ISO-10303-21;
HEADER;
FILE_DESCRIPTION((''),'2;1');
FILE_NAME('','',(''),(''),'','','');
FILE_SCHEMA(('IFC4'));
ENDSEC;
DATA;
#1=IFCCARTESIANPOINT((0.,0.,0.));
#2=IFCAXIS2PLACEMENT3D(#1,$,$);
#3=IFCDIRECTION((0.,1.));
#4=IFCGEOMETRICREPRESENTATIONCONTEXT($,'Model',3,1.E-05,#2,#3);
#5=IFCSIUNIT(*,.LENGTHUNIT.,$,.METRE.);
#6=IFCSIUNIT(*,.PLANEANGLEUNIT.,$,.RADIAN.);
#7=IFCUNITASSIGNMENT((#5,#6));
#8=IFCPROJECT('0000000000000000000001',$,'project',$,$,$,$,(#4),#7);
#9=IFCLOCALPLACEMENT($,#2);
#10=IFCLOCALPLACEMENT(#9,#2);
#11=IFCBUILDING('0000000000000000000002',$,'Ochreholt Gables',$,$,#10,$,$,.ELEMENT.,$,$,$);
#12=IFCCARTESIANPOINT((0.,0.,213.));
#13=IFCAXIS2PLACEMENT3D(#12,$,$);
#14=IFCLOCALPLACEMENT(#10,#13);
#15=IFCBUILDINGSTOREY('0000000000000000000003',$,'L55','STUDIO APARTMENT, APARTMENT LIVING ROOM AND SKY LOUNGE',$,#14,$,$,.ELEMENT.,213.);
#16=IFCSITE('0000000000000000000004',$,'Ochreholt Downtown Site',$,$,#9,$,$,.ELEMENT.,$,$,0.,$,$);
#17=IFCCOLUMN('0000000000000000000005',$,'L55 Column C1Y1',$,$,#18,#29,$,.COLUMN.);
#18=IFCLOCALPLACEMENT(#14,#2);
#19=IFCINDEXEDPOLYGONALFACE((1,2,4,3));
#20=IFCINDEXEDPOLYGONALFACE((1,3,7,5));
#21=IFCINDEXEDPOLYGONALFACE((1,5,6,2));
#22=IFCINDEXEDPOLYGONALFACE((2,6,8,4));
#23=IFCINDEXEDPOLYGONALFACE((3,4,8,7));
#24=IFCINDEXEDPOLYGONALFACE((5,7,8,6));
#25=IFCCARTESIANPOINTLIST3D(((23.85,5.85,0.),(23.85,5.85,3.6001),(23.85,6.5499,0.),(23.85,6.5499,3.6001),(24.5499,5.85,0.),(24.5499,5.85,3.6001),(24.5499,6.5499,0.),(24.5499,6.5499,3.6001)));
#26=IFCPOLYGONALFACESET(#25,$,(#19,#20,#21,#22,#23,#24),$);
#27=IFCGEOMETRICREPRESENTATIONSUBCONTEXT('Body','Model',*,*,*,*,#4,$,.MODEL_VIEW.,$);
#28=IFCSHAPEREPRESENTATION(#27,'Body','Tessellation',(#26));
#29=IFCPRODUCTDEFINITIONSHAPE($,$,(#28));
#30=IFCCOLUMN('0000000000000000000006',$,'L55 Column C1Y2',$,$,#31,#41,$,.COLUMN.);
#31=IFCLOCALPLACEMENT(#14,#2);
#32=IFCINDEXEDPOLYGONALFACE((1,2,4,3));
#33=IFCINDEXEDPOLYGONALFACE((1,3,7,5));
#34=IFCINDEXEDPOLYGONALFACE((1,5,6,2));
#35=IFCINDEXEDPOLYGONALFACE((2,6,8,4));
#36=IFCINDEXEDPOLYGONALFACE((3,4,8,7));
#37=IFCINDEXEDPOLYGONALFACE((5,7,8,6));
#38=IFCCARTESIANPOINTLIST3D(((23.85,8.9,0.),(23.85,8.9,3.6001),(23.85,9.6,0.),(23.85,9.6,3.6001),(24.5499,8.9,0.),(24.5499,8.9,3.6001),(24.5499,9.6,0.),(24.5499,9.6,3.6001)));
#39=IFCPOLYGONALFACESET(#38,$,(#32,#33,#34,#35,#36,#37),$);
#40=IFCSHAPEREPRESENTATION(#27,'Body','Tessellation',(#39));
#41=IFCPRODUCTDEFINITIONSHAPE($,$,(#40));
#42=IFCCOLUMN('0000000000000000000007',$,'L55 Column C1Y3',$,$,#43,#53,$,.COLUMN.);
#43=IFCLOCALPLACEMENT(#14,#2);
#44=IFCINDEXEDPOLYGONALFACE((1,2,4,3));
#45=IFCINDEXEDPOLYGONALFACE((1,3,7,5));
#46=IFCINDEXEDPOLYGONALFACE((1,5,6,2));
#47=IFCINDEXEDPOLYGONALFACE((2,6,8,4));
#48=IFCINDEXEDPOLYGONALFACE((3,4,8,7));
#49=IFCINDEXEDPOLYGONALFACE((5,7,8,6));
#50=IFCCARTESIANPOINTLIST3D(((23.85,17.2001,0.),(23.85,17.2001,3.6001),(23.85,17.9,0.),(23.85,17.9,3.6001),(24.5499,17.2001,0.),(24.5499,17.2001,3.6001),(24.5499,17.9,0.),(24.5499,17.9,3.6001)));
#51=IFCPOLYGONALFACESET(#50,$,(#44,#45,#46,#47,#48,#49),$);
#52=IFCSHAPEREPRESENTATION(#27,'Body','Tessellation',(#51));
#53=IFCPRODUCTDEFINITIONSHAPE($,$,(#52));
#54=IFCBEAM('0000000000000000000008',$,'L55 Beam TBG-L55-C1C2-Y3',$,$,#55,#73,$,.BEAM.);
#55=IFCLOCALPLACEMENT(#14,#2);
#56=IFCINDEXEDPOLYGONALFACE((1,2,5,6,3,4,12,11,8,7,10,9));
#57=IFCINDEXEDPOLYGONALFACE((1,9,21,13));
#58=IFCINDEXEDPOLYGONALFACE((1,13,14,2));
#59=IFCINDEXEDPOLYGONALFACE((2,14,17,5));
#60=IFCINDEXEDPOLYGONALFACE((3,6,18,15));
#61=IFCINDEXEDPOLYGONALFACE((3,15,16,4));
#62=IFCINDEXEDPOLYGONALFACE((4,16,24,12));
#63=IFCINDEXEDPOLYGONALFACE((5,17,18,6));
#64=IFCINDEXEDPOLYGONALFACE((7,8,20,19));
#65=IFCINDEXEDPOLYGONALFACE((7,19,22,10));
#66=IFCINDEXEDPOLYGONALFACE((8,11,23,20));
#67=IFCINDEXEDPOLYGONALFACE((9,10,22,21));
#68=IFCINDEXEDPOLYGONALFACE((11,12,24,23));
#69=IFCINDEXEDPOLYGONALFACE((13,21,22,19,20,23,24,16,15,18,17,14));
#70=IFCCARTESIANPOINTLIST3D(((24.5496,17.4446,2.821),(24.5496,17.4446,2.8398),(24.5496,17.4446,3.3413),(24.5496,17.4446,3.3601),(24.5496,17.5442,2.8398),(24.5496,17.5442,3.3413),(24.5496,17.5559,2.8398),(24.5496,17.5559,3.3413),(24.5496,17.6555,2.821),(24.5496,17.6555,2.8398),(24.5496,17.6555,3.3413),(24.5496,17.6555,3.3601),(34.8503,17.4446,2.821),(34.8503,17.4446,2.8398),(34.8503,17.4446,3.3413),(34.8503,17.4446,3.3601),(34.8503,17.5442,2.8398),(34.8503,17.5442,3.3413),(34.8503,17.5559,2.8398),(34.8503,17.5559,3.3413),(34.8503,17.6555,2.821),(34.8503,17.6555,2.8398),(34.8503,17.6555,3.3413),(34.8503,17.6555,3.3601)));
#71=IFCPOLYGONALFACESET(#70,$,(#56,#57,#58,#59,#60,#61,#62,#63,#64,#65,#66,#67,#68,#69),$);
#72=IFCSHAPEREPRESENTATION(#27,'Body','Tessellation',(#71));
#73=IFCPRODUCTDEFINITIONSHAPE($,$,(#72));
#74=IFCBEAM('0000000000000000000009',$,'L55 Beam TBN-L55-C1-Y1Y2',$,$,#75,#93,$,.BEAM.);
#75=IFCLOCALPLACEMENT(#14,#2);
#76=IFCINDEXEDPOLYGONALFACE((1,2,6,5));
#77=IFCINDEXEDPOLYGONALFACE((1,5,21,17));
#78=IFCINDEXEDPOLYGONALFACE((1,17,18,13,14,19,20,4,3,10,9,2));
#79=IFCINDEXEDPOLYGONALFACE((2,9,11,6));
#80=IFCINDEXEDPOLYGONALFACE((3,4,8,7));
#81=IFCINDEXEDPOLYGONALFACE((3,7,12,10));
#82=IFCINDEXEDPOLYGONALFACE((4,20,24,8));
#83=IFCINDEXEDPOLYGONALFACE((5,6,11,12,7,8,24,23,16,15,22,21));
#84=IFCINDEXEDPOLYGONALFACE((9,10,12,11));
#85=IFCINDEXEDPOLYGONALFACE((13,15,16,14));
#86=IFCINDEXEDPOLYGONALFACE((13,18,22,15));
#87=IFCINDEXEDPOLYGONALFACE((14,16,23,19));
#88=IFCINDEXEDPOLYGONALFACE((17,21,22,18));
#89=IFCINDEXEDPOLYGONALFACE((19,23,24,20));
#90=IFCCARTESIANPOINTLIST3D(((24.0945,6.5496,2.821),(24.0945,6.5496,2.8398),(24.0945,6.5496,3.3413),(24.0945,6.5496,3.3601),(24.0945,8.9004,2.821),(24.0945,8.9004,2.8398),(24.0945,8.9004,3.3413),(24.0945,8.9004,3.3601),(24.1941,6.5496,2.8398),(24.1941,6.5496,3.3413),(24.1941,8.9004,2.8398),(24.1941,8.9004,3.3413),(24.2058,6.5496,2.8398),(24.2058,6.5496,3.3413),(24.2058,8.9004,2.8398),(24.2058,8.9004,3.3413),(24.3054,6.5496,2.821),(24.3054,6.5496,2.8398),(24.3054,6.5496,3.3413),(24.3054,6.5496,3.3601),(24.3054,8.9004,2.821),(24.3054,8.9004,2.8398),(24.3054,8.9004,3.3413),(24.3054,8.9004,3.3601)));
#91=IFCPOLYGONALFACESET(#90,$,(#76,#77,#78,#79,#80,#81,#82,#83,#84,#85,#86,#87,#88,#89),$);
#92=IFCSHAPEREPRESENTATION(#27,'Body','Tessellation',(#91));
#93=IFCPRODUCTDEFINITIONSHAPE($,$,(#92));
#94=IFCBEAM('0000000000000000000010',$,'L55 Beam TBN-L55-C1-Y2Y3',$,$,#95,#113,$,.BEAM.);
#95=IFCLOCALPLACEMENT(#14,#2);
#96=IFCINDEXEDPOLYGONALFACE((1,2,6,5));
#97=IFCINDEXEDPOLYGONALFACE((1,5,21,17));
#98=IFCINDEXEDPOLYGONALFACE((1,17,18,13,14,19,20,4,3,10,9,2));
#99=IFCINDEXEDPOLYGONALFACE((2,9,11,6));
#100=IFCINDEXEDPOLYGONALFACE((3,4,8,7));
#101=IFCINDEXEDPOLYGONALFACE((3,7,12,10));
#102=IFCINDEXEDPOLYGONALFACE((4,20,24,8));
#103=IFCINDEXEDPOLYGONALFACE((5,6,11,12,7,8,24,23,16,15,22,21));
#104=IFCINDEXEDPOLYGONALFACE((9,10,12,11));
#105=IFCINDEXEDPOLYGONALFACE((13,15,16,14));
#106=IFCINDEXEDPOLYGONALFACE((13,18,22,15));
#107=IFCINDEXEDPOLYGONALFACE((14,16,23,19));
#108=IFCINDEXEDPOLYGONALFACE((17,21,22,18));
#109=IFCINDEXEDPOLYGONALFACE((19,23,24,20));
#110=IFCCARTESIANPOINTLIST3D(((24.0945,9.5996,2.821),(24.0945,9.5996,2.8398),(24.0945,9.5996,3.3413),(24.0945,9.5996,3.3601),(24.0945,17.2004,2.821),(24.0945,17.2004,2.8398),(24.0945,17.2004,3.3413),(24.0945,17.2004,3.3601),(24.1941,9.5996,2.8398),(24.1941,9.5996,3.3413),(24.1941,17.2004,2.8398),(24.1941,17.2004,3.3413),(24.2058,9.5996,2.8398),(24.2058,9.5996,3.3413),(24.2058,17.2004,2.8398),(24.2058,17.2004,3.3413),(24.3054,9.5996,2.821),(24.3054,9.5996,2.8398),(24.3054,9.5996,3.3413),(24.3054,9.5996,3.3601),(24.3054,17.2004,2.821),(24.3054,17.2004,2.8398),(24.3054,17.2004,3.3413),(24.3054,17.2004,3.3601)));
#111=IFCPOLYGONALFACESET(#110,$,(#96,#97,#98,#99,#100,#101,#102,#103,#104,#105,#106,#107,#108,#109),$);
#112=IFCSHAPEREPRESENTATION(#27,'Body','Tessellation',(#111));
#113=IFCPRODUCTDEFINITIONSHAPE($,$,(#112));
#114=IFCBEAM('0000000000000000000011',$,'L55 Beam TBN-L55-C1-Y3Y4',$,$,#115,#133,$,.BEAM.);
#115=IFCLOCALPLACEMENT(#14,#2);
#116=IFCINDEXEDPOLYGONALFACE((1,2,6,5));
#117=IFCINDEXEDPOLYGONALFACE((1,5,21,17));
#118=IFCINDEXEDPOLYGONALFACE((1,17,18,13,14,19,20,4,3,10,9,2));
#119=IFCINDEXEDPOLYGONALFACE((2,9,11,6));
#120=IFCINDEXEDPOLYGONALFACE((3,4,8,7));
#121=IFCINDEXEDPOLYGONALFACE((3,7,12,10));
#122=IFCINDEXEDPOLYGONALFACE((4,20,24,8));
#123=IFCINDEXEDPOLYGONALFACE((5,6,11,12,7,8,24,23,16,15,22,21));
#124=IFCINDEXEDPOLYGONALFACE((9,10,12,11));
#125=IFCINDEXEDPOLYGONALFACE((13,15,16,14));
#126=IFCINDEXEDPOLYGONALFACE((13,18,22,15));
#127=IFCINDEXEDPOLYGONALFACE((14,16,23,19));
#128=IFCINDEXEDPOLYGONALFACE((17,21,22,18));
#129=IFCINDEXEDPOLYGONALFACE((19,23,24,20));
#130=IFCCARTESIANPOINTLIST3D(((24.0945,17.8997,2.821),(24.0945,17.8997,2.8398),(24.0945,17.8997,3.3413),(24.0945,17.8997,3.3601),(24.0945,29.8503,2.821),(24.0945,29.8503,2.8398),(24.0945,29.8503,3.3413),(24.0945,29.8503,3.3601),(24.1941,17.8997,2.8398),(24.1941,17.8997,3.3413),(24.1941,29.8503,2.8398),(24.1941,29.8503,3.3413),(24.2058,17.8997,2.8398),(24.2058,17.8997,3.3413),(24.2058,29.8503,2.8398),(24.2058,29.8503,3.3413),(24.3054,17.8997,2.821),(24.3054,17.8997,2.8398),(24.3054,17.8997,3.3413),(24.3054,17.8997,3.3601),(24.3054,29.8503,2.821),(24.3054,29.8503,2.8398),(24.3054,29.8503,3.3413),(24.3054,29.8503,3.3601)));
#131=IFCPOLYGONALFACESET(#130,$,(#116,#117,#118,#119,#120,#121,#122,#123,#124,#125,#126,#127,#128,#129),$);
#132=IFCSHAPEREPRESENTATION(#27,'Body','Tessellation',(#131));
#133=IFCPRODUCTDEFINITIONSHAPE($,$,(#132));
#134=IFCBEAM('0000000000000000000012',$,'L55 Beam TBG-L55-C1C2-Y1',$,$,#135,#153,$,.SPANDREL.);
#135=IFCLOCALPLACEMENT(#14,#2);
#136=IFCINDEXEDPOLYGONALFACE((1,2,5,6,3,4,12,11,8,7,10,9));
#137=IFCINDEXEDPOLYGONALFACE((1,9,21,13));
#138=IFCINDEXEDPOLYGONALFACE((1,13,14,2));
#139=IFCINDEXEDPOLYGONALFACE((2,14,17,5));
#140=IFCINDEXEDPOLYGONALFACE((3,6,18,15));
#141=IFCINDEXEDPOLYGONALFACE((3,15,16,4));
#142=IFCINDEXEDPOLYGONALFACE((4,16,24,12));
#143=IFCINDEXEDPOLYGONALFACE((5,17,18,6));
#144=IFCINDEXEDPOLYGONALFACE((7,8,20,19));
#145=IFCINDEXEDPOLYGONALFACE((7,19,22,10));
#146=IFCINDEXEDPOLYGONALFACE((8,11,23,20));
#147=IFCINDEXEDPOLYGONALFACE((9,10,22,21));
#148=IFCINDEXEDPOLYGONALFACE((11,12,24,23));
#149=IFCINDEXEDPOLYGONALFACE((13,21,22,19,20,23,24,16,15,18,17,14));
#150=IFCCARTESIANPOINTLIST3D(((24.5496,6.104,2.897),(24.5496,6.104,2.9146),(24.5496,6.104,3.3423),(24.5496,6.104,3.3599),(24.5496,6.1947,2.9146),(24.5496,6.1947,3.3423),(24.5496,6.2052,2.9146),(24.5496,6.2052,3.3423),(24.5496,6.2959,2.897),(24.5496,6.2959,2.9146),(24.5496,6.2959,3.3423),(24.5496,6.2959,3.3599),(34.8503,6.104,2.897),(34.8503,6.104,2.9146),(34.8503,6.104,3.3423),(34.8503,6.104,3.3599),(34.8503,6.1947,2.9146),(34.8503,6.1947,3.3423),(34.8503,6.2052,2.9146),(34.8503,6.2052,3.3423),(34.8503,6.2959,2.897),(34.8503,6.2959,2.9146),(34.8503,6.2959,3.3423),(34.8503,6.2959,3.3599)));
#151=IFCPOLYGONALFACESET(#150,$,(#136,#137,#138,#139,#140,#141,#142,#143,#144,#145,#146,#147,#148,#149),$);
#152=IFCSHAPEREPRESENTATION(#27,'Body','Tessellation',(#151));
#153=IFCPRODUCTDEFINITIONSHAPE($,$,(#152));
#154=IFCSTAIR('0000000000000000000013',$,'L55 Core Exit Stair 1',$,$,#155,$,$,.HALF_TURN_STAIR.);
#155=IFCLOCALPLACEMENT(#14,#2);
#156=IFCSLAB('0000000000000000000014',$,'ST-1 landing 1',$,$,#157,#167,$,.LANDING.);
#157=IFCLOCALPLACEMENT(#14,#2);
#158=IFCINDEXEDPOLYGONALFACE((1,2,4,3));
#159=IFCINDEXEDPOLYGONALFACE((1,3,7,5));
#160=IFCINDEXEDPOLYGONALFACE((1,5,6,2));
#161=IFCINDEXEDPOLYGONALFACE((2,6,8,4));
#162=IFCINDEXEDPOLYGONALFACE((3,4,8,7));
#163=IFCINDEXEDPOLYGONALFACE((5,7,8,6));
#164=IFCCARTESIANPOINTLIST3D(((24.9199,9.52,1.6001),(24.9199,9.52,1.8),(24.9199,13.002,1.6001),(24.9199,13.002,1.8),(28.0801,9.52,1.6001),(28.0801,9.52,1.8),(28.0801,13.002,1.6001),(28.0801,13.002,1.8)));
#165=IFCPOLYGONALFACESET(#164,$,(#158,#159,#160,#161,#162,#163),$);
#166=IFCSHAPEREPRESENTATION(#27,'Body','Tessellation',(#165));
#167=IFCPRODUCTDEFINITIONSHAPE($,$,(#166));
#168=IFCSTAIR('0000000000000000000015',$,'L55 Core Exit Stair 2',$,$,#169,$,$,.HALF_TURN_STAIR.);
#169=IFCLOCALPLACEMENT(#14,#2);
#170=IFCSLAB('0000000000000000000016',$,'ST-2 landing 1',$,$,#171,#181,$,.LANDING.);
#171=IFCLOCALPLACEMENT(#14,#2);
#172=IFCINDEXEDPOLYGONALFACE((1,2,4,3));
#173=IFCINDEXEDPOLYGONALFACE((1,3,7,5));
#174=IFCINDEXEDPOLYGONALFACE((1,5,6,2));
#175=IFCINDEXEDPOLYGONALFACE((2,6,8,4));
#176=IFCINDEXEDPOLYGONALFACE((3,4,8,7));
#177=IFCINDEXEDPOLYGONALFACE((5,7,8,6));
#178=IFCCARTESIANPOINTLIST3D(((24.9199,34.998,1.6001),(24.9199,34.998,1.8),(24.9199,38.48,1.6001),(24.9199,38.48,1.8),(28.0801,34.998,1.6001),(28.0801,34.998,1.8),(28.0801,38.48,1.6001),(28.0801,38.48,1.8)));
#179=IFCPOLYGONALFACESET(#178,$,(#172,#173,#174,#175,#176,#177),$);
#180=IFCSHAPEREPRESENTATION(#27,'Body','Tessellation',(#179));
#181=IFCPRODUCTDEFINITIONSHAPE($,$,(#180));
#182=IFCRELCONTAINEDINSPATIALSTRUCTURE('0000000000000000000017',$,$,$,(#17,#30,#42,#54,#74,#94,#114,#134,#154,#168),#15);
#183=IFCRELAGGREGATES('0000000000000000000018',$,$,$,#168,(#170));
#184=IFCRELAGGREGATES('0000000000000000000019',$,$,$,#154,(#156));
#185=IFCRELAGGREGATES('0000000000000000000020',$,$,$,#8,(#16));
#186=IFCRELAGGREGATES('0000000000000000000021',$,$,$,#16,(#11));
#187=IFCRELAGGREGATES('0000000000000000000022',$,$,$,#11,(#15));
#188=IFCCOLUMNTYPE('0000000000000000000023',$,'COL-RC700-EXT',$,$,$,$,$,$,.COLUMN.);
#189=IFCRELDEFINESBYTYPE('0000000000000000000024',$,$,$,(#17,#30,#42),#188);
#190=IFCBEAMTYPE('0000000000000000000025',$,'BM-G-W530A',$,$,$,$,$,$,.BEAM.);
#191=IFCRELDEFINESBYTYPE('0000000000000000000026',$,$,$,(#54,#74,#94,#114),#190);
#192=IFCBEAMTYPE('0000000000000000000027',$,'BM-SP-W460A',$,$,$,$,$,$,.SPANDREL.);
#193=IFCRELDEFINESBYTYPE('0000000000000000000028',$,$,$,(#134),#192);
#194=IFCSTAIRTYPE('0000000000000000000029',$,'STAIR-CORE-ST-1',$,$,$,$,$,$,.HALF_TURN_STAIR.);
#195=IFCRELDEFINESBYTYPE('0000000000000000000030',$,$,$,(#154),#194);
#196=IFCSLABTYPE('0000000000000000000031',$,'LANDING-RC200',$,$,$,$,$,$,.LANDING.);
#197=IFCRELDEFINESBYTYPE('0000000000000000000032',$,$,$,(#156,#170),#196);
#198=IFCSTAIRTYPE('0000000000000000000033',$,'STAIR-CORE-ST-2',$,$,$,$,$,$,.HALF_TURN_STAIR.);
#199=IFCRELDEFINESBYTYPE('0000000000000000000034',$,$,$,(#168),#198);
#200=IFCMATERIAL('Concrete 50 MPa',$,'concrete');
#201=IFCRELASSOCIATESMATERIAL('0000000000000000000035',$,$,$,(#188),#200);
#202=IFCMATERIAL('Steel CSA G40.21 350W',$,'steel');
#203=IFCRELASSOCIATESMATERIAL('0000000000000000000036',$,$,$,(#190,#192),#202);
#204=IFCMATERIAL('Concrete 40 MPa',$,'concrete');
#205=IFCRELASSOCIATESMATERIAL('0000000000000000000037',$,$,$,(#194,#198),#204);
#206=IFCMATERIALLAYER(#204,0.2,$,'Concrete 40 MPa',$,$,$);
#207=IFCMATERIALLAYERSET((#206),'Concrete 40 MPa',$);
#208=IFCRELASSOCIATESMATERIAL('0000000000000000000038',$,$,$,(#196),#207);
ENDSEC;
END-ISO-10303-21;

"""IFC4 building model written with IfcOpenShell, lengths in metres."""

from ifc_helpers import new_model, si_unit, direction, frame, origin, origin_2d, place, context, subcontext, project, spatial, polyline, rectangle, i_section, outline, extrude, material, layer, layer_set, material_profile, profile_set, type_object, element, aggregate, save


model = new_model("IFC4")

# Units and contexts
model_context = context("Model", 3, precision=1e-05, world=origin(), true_north=direction((0.0, 1.0)))
body_context = subcontext(model_context, "Body", "Model", "MODEL_VIEW")
ifc_project = project(units=[si_unit("LENGTHUNIT", "METRE"), si_unit("PLANEANGLEUNIT", "RADIAN")], contexts=[model_context])

# Site, building, storey
site_placement = place(None, origin())
site = spatial("IfcSite", under=ifc_project, at=site_placement, Name="Ochreholt Downtown Site", CompositionType="ELEMENT", RefElevation=0.0)
building_placement = place(site_placement, origin())
building = spatial("IfcBuilding", under=site, at=building_placement, Name="Ochreholt Gables", CompositionType="ELEMENT")
storey_placement = place(building_placement, frame((0.0, 0.0, 213.0)))
storey = spatial("IfcBuildingStorey", under=building, at=storey_placement, Name="L55", Description="STUDIO APARTMENT, APARTMENT LIVING ROOM AND SKY LOUNGE", CompositionType="ELEMENT", Elevation=213.0)

# Columns
ifc_material_1 = material(Name="Concrete 50 MPa", Category="concrete")
ifc_material_profile_1 = material_profile(ifc_material_1, rectangle(XDim=0.7, YDim=0.7, at=origin_2d()), Name="RC700X700")
ifc_profile_set_1 = profile_set([ifc_material_profile_1], Name="Concrete 50 MPa")
column_type = type_object("IfcColumnType", Name="COL-RC700-EXT", PredefinedType="COLUMN", material=ifc_profile_set_1)
for number, where, z_axis, x_axis, name in (
    (1, (24.2, 6.2, 0.0), (0.0, 0.0, 1.0), (1.0, 0.0, 0.0), "L55 Column C1Y1"),
    (2, (24.2, 9.25, 0.0), (0.0, 0.0, 1.0), (1.0, 0.0, 0.0), "L55 Column C1Y2"),
    (3, (24.2, 17.55, 0.0), (0.0, 0.0, 1.0), (1.0, 0.0, 0.0), "L55 Column C1Y3"),
):
    element("IfcColumn", number, at=place(storey_placement, frame(where, z_axis=z_axis, x_axis=x_axis)), inside=storey, type_object=column_type, Name=name, PredefinedType="COLUMN", context=body_context, shape_type="SweptSolid", body=[
        extrude(rectangle(XDim=0.7, YDim=0.7, at=origin_2d()), origin(), (0.0, 0.0, 1.0), 3.6001),
    ])

# Beams
ifc_material_2 = material(Name="Steel CSA G40.21 350W", Category="steel")
ifc_material_profile_2 = material_profile(ifc_material_2, i_section(OverallWidth=0.2109, OverallDepth=0.5391, WebThickness=0.0117, FlangeThickness=0.0188, at=origin_2d()), Name="W530X109")
ifc_profile_set_2 = profile_set([ifc_material_profile_2], Name="Steel CSA G40.21 350W")
beam_type_1 = type_object("IfcBeamType", Name="BM-G-W530A", PredefinedType="BEAM", material=ifc_profile_set_2)
beam_1_placement = place(storey_placement, frame((24.5496, 17.55, 3.0906), z_axis=(1.0, 0.0, 0.0), x_axis=(0.0, 1.0, 0.0)))
element("IfcBeam", 4, at=beam_1_placement, inside=storey, type_object=beam_type_1, Name="L55 Beam TBG-L55-C1C2-Y3", PredefinedType="BEAM", context=body_context, shape_type="SweptSolid", body=[
    extrude(i_section(OverallWidth=0.2109, OverallDepth=0.5391, WebThickness=0.0117, FlangeThickness=0.0188, at=origin_2d()), origin(), (0.0, 0.0, 1.0), 10.3008),
])
beam_2_placement = place(storey_placement, frame((24.2, 6.5496, 3.0906), z_axis=(0.0, 1.0, 0.0), x_axis=(-1.0, 0.0, 0.0)))
element("IfcBeam", 5, at=beam_2_placement, inside=storey, type_object=beam_type_1, Name="L55 Beam TBN-L55-C1-Y1Y2", PredefinedType="BEAM", context=body_context, shape_type="SweptSolid", body=[
    extrude(i_section(OverallWidth=0.2109, OverallDepth=0.5391, WebThickness=0.0117, FlangeThickness=0.0188, at=origin_2d()), origin(), (0.0, 0.0, 1.0), 2.3508),
])
beam_3_placement = place(storey_placement, frame((24.2, 9.5996, 3.0906), z_axis=(0.0, 1.0, 0.0), x_axis=(-1.0, 0.0, 0.0)))
element("IfcBeam", 6, at=beam_3_placement, inside=storey, type_object=beam_type_1, Name="L55 Beam TBN-L55-C1-Y2Y3", PredefinedType="BEAM", context=body_context, shape_type="SweptSolid", body=[
    extrude(i_section(OverallWidth=0.2109, OverallDepth=0.5391, WebThickness=0.0117, FlangeThickness=0.0188, at=origin_2d()), origin(), (0.0, 0.0, 1.0), 7.6008),
])
beam_4_placement = place(storey_placement, frame((24.2, 17.8997, 3.0906), z_axis=(0.0, 1.0, 0.0), x_axis=(-1.0, 0.0, 0.0)))
element("IfcBeam", 7, at=beam_4_placement, inside=storey, type_object=beam_type_1, Name="L55 Beam TBN-L55-C1-Y3Y4", PredefinedType="BEAM", context=body_context, shape_type="SweptSolid", body=[
    extrude(i_section(OverallWidth=0.2109, OverallDepth=0.5391, WebThickness=0.0117, FlangeThickness=0.0188, at=origin_2d()), origin(), (0.0, 0.0, 1.0), 11.9507),
])
ifc_material_profile_3 = material_profile(ifc_material_2, i_section(OverallWidth=0.1919, OverallDepth=0.4629, WebThickness=0.0105, FlangeThickness=0.0176, at=origin_2d()), Name="W460X89")
ifc_profile_set_3 = profile_set([ifc_material_profile_3], Name="Steel CSA G40.21 350W")
beam_type_2 = type_object("IfcBeamType", Name="BM-SP-W460A", PredefinedType="SPANDREL", material=ifc_profile_set_3)
beam_5_placement = place(storey_placement, frame((24.5496, 6.2, 3.1284), z_axis=(1.0, 0.0, 0.0), x_axis=(0.0, 1.0, 0.0)))
element("IfcBeam", 8, at=beam_5_placement, inside=storey, type_object=beam_type_2, Name="L55 Beam TBG-L55-C1C2-Y1", PredefinedType="SPANDREL", context=body_context, shape_type="SweptSolid", body=[
    extrude(i_section(OverallWidth=0.1919, OverallDepth=0.4629, WebThickness=0.0105, FlangeThickness=0.0176, at=origin_2d()), origin(), (0.0, 0.0, 1.0), 10.3008),
])

# Stairs, slabs
ifc_material_3 = material(Name="Concrete 40 MPa", Category="concrete")
stair_type_1 = type_object("IfcStairType", Name="STAIR-CORE-ST-1", PredefinedType="HALF_TURN_STAIR", material=ifc_material_3)
stair_1_placement = place(storey_placement, origin())
stair_1 = element("IfcStair", 9, at=stair_1_placement, inside=storey, type_object=stair_type_1, Name="L55 Core Exit Stair 1", PredefinedType="HALF_TURN_STAIR")
ifc_layer_1 = layer(ifc_material_3, 0.2, Name="Concrete 40 MPa")
ifc_layer_set_1 = layer_set([ifc_layer_1], Name="Concrete 40 MPa")
slab_type_1 = type_object("IfcSlabType", Name="LANDING-RC200", PredefinedType="LANDING", material=ifc_layer_set_1)
slab_1_placement = place(storey_placement, frame((0.0, 0.0, 1.6001)))
slab_1 = element("IfcSlab", 10, at=slab_1_placement, type_object=slab_type_1, Name="ST-1 landing 1", PredefinedType="LANDING", context=body_context, shape_type="SweptSolid", body=[
    extrude(outline(polyline([(24.9199, 13.002), (24.9199, 9.52), (28.0801, 9.52), (28.0801, 13.002), (24.9199, 13.002)])), origin(), (0.0, 0.0, 1.0), 0.2),
])
stair_type_2 = type_object("IfcStairType", Name="STAIR-CORE-ST-2", PredefinedType="HALF_TURN_STAIR", material=ifc_material_3)
stair_2_placement = place(storey_placement, origin())
stair_2 = element("IfcStair", 11, at=stair_2_placement, inside=storey, type_object=stair_type_2, Name="L55 Core Exit Stair 2", PredefinedType="HALF_TURN_STAIR")
slab_2_placement = place(storey_placement, frame((0.0, 0.0, 1.6001)))
slab_2 = element("IfcSlab", 12, at=slab_2_placement, type_object=slab_type_1, Name="ST-2 landing 1", PredefinedType="LANDING", context=body_context, shape_type="SweptSolid", body=[
    extrude(outline(polyline([(28.0801, 34.998), (28.0801, 38.48), (24.9199, 38.48), (24.9199, 34.998), (28.0801, 34.998)])), origin(), (0.0, 0.0, 1.0), 0.2),
])
aggregate(stair_2, [slab_2])

aggregate(stair_1, [slab_1])

save(model, "model.ifc")
